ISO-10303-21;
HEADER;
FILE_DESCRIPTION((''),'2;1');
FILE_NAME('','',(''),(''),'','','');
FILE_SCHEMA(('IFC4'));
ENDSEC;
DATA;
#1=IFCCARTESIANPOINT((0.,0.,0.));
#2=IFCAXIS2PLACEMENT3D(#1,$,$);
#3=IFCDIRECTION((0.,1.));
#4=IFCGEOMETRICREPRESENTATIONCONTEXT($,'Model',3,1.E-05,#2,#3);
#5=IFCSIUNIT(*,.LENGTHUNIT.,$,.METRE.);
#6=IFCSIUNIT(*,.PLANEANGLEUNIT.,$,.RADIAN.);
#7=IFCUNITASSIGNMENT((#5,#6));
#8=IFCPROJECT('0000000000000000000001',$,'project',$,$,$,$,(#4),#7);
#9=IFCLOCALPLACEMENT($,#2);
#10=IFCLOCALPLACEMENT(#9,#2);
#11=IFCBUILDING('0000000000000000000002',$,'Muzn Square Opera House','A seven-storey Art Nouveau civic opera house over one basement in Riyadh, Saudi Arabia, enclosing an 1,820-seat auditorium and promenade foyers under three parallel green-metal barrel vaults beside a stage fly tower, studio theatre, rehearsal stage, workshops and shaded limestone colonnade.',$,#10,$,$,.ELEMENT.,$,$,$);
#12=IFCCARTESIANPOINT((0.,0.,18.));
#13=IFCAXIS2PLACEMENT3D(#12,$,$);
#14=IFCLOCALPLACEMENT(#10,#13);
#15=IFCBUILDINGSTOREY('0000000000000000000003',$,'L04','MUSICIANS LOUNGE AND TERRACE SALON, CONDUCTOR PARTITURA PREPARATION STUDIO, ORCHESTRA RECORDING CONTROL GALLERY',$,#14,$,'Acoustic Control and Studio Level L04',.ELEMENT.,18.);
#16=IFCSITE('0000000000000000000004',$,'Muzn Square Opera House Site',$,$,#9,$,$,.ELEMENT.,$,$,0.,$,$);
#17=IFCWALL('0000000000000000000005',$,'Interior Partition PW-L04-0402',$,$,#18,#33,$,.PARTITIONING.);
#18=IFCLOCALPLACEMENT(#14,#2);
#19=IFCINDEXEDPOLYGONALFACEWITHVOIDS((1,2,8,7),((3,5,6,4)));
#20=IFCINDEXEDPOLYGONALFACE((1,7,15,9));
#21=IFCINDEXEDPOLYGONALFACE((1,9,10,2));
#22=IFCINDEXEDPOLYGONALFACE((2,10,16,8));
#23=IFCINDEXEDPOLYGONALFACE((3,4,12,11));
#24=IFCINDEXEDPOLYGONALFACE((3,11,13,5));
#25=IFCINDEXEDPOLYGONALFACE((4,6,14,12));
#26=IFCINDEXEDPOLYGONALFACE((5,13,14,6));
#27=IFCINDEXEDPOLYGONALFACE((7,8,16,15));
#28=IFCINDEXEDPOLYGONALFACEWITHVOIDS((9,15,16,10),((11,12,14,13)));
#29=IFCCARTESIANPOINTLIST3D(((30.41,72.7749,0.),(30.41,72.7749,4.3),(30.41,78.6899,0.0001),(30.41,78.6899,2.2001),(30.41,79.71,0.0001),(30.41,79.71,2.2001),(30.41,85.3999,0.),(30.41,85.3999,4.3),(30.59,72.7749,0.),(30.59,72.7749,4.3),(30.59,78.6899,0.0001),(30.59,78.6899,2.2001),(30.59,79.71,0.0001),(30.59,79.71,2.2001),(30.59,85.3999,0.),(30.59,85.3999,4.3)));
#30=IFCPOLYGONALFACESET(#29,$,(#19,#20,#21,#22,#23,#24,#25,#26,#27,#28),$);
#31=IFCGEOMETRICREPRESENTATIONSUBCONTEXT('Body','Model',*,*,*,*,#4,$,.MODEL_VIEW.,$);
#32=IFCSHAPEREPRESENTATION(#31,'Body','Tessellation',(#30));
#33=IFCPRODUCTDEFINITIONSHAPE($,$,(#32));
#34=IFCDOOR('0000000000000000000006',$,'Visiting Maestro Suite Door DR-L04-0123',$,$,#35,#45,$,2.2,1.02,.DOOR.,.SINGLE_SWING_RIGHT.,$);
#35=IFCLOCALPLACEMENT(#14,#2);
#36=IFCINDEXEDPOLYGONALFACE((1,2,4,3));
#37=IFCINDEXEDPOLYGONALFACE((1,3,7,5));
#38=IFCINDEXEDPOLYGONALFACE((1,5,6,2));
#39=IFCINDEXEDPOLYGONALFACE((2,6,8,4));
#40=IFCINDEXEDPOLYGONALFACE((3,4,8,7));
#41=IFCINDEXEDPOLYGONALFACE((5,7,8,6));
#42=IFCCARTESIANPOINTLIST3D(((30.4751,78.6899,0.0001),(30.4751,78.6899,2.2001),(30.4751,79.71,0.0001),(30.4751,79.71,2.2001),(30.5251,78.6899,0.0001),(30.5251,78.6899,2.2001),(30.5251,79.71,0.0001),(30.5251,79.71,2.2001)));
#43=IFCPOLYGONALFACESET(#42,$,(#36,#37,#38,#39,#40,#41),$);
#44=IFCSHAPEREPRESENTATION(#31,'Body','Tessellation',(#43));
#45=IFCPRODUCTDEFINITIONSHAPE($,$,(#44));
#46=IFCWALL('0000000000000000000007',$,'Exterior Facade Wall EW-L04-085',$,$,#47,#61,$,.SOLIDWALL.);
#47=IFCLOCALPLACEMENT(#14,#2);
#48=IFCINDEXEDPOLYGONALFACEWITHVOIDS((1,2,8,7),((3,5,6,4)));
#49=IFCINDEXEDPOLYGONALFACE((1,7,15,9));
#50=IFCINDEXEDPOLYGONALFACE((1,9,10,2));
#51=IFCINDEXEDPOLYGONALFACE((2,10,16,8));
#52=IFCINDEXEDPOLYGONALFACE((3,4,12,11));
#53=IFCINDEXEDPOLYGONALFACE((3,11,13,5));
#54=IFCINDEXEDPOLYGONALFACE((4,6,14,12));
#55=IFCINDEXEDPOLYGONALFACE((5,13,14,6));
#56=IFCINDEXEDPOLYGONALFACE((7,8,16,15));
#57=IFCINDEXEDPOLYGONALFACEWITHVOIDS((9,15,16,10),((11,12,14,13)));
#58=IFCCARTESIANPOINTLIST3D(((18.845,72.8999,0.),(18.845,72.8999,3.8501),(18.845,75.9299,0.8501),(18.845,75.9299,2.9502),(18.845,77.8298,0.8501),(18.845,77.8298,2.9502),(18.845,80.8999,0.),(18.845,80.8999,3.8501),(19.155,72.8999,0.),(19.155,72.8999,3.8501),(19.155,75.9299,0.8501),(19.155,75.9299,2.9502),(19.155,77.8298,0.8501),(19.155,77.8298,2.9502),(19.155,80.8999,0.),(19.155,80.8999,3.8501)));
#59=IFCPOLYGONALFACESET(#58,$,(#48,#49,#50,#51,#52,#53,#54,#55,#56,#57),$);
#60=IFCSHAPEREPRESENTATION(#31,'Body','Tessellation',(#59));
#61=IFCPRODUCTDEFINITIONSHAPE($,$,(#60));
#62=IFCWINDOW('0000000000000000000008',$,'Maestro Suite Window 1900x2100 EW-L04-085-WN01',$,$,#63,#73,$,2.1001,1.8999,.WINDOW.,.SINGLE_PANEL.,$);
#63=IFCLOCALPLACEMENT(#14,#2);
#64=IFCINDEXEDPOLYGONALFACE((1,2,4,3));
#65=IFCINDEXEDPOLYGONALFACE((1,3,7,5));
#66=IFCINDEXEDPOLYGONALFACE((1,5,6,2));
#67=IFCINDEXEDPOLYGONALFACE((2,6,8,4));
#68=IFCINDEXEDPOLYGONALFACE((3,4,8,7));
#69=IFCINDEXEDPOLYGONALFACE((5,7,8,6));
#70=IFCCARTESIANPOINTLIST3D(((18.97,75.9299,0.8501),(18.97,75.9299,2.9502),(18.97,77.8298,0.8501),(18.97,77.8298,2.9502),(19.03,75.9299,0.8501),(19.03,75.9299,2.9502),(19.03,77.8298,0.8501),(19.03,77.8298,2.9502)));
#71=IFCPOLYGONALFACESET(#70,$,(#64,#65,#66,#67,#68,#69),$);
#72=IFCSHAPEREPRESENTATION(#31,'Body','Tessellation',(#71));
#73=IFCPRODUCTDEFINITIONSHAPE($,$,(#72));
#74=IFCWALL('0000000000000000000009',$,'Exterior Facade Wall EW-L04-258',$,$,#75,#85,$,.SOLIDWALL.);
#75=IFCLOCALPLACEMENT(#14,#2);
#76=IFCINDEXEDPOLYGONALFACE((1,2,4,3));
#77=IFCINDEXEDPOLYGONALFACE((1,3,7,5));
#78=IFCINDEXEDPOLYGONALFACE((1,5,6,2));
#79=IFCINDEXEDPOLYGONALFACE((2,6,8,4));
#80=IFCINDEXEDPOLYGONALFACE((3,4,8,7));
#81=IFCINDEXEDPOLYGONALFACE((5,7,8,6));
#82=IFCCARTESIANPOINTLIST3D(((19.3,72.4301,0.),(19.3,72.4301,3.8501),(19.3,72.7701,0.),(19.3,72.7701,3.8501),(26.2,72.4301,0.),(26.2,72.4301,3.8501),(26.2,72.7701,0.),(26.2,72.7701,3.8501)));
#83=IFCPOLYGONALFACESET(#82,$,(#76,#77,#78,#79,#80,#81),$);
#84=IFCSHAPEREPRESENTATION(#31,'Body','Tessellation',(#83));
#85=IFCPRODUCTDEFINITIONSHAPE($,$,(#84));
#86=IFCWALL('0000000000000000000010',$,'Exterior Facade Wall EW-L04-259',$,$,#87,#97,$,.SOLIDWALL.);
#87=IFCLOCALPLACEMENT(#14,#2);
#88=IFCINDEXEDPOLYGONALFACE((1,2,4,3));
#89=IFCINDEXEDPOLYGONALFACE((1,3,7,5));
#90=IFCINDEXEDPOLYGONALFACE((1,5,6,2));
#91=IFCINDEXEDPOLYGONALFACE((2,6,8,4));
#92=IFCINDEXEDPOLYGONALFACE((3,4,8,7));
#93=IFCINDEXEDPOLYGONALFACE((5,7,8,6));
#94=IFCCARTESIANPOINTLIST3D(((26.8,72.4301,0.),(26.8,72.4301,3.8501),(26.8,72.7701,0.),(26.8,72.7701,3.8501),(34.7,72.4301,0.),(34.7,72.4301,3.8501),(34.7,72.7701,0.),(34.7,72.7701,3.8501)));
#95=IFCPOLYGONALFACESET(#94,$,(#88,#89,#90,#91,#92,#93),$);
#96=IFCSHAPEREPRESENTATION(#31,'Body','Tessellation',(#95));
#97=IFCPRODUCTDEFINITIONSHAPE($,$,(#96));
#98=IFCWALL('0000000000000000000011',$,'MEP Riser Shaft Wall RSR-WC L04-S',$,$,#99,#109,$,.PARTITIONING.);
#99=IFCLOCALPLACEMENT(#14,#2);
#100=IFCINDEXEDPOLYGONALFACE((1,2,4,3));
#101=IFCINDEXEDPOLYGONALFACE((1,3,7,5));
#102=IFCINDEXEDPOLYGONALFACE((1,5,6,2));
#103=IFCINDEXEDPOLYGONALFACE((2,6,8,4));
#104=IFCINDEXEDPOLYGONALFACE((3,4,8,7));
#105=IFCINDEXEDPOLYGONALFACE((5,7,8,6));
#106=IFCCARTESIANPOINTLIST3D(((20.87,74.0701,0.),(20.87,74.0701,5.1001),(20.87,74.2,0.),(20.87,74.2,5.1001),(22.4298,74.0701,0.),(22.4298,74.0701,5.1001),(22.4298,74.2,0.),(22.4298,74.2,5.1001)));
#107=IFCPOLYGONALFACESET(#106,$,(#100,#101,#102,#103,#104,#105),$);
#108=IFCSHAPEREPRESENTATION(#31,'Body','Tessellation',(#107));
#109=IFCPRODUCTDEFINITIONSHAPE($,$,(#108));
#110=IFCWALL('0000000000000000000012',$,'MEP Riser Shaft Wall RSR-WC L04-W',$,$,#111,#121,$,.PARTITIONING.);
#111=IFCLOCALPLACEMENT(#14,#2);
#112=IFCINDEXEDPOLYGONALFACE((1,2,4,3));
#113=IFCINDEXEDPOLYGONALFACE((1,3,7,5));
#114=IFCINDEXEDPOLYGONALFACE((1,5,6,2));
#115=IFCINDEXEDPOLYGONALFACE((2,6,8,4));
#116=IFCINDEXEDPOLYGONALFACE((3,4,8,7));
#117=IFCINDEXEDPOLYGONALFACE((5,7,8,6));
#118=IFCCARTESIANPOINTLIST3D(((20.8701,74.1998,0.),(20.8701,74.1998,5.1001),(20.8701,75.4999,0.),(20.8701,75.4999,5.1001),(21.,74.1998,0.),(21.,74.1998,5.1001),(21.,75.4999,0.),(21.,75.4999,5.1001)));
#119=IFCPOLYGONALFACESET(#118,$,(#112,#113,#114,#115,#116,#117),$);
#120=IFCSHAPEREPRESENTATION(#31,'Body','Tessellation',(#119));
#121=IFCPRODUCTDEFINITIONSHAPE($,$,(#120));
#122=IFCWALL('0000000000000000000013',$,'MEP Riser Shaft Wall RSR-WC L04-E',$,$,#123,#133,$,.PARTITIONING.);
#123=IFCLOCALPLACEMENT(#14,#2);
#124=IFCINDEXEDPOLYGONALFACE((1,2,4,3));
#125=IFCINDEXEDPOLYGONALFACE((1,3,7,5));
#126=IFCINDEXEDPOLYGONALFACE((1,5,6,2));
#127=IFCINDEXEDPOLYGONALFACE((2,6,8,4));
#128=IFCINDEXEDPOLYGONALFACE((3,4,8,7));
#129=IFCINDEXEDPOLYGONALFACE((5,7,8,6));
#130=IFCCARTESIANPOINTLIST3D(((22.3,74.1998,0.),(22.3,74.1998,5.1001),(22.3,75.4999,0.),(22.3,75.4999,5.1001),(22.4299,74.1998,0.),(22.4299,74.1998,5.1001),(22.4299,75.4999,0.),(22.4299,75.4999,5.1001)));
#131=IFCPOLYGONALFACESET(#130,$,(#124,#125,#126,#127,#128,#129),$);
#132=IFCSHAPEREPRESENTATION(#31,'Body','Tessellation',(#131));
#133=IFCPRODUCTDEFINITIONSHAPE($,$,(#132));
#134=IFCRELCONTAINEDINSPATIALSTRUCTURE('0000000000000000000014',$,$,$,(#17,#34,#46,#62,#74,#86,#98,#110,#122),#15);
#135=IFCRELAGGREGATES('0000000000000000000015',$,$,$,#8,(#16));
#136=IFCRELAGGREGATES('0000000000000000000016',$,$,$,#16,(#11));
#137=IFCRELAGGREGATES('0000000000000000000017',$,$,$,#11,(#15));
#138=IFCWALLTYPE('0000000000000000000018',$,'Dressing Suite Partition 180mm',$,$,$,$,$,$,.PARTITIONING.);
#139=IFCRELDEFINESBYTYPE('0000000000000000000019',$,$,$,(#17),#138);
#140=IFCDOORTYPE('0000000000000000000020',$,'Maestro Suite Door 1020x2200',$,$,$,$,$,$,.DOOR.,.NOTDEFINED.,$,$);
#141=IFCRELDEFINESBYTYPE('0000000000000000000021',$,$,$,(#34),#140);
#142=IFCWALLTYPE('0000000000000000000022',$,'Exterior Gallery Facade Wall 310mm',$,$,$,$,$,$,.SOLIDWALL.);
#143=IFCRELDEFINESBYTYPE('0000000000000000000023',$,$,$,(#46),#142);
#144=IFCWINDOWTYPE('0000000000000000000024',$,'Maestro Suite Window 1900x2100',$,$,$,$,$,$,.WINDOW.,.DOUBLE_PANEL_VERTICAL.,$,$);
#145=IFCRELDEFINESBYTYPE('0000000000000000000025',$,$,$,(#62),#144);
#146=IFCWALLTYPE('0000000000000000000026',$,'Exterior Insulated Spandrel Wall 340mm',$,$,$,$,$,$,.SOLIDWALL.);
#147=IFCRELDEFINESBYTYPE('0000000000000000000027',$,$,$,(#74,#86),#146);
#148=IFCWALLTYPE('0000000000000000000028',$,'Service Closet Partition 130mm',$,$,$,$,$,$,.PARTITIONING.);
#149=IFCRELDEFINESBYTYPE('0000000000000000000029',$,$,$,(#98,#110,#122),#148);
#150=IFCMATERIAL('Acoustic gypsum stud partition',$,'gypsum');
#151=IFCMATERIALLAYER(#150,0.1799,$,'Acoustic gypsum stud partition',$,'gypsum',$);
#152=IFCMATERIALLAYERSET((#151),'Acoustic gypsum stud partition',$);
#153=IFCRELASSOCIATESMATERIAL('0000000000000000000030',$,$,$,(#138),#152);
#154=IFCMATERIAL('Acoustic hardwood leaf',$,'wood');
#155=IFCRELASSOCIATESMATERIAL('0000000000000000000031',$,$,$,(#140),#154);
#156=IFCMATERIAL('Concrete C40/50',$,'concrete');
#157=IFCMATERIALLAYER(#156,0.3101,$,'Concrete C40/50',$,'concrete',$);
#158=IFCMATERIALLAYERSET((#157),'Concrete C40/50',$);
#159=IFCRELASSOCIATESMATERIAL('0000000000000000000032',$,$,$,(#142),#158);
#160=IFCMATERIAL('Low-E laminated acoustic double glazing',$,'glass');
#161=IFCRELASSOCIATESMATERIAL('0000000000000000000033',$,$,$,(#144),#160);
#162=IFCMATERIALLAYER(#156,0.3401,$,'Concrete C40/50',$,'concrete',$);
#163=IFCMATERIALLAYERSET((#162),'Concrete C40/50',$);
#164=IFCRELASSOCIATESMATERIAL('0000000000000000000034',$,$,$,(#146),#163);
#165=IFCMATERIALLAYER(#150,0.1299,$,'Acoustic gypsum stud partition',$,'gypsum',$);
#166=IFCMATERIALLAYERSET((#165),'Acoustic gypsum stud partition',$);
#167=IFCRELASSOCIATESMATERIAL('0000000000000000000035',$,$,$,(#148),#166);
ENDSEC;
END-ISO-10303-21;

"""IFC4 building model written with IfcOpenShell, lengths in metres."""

from ifc_helpers import new_model, si_unit, direction, frame, frame_2d, origin, place, context, subcontext, project, spatial, rectangle, extrude, material, layer, layer_set, type_object, element, fill, save


model = new_model("IFC4")

# Units and contexts
model_context = context("Model", 3, precision=1e-05, world=origin(), true_north=direction((0.0, 1.0)))
body_context = subcontext(model_context, "Body", "Model", "MODEL_VIEW")
ifc_project = project(units=[si_unit("LENGTHUNIT", "METRE"), si_unit("PLANEANGLEUNIT", "RADIAN")], contexts=[model_context])

# Site, building, storey
site_placement = place(None, origin())
site = spatial("IfcSite", under=ifc_project, at=site_placement, Name="Muzn Square Opera House Site", CompositionType="ELEMENT", RefElevation=0.0)
building_placement = place(site_placement, origin())
building = spatial("IfcBuilding", under=site, at=building_placement, Name="Muzn Square Opera House", Description="A seven-storey Art Nouveau civic opera house over one basement in Riyadh, Saudi Arabia, enclosing an 1,820-seat auditorium and promenade foyers under three parallel green-metal barrel vaults beside a stage fly tower, studio theatre, rehearsal stage, workshops and shaded limestone colonnade.", CompositionType="ELEMENT")
storey_placement = place(building_placement, frame((0.0, 0.0, 18.0)))
storey = spatial("IfcBuildingStorey", under=building, at=storey_placement, Name="L04", Description="MUSICIANS LOUNGE AND TERRACE SALON, CONDUCTOR PARTITURA PREPARATION STUDIO, ORCHESTRA RECORDING CONTROL GALLERY", LongName="Acoustic Control and Studio Level L04", CompositionType="ELEMENT", Elevation=18.0)

# Shared definitions
ifc_material_1 = material(Name="Concrete C40/50", Category="concrete")

# Wall, opening, door
ifc_material_2 = material(Name="Acoustic gypsum stud partition", Category="gypsum")
ifc_material_3 = material(Name="Acoustic hardwood leaf", Category="wood")
ifc_layer_1 = layer(ifc_material_2, 0.1799, Name="Acoustic gypsum stud partition", Category="gypsum")
ifc_layer_set_1 = layer_set([ifc_layer_1], Name="Acoustic gypsum stud partition")
wall_type_1 = type_object("IfcWallType", Name="Dressing Suite Partition 180mm", PredefinedType="PARTITIONING", material=ifc_layer_set_1)
wall_1_placement = place(storey_placement, frame((30.5, 72.7749, 0.0), z_axis=(0.0, 0.0, 1.0), x_axis=(0.0, 1.0, 0.0)))
wall_1 = element("IfcWall", 1, at=wall_1_placement, inside=storey, type_object=wall_type_1, Name="Interior Partition PW-L04-0402", PredefinedType="PARTITIONING", context=body_context, shape_type="SweptSolid", body=[
    extrude(rectangle(XDim=12.625, YDim=0.1799, at=frame_2d((6.3125, 0.0))), origin(), (0.0, 0.0, 1.0), 4.3),
])
opening_1_placement = place(wall_1_placement, frame((5.915, 0.0, 0.0)))
opening_1 = element("IfcOpeningElement", 2, at=opening_1_placement, cuts=wall_1, PredefinedType="OPENING", context=body_context, shape_type="SweptSolid", body=[
    extrude(rectangle(XDim=1.02, YDim=2.2, at=frame_2d((0.51, 1.1001))), frame((0.0, 0.0999, 0.0), z_axis=(0.0, -1.0, 0.0), x_axis=(1.0, 0.0, 0.0)), (0.0, 0.0, 1.0), 0.2),
])
door_type_1 = type_object("IfcDoorType", Name="Maestro Suite Door 1020x2200", OperationType="NOTDEFINED", PredefinedType="DOOR", material=ifc_material_3)
door_1_placement = place(opening_1_placement, origin())
door_1 = element("IfcDoor", 3, at=door_1_placement, inside=storey, type_object=door_type_1, Name="Visiting Maestro Suite Door DR-L04-0123", OperationType="SINGLE_SWING_RIGHT", OverallHeight=2.2, OverallWidth=1.02, PredefinedType="DOOR", context=body_context, shape_type="SweptSolid", body=[
    extrude(rectangle(XDim=1.02, YDim=2.2, at=frame_2d((0.51, 1.1001))), frame((0.0, 0.0249, 0.0), z_axis=(0.0, -1.0, 0.0), x_axis=(1.0, 0.0, 0.0)), (0.0, 0.0, 1.0), 0.05),
])
fill(opening_1, door_1)

# Wall, opening, window
ifc_layer_2 = layer(ifc_material_1, 0.3101, Name="Concrete C40/50", Category="concrete")
ifc_layer_set_2 = layer_set([ifc_layer_2], Name="Concrete C40/50")
wall_type_2 = type_object("IfcWallType", Name="Exterior Gallery Facade Wall 310mm", PredefinedType="SOLIDWALL", material=ifc_layer_set_2)
wall_2_placement = place(storey_placement, frame((19.0, 72.8999, 0.0), z_axis=(0.0, 0.0, 1.0), x_axis=(0.0, 1.0, 0.0)))
wall_2 = element("IfcWall", 4, at=wall_2_placement, inside=storey, type_object=wall_type_2, Name="Exterior Facade Wall EW-L04-085", PredefinedType="SOLIDWALL", context=body_context, shape_type="SweptSolid", body=[
    extrude(rectangle(XDim=8.0, YDim=0.3101, at=frame_2d((4.0, 0.0))), origin(), (0.0, 0.0, 1.0), 3.8501),
])
opening_2_placement = place(wall_2_placement, frame((3.03, 0.0, 0.8501)))
opening_2 = element("IfcOpeningElement", 5, at=opening_2_placement, cuts=wall_2, PredefinedType="OPENING", context=body_context, shape_type="SweptSolid", body=[
    extrude(rectangle(XDim=1.8999, YDim=2.1001, at=frame_2d((0.95, 1.05))), frame((0.0, 0.165, 0.0), z_axis=(0.0, -1.0, 0.0), x_axis=(1.0, 0.0, 0.0)), (0.0, 0.0, 1.0), 0.3301),
])
ifc_material_4 = material(Name="Low-E laminated acoustic double glazing", Category="glass")
window_type = type_object("IfcWindowType", Name="Maestro Suite Window 1900x2100", PartitioningType="DOUBLE_PANEL_VERTICAL", PredefinedType="WINDOW", material=ifc_material_4)
window_placement = place(opening_2_placement, origin())
window = element("IfcWindow", 6, at=window_placement, inside=storey, type_object=window_type, Name="Maestro Suite Window 1900x2100 EW-L04-085-WN01", OverallHeight=2.1001, OverallWidth=1.8999, PartitioningType="SINGLE_PANEL", PredefinedType="WINDOW", context=body_context, shape_type="SweptSolid", body=[
    extrude(rectangle(XDim=1.8999, YDim=2.1001, at=frame_2d((0.95, 1.05))), frame((0.0, 0.03, 0.0), z_axis=(0.0, -1.0, 0.0), x_axis=(1.0, 0.0, 0.0)), (0.0, 0.0, 1.0), 0.0601),
])
fill(opening_2, window)

# Walls
ifc_layer_3 = layer(ifc_material_1, 0.3401, Name="Concrete C40/50", Category="concrete")
ifc_layer_set_3 = layer_set([ifc_layer_3], Name="Concrete C40/50")
wall_type_3 = type_object("IfcWallType", Name="Exterior Insulated Spandrel Wall 340mm", PredefinedType="SOLIDWALL", material=ifc_layer_set_3)
wall_3_placement = place(storey_placement, frame((19.3, 72.6001, 0.0), z_axis=(0.0, 0.0, 1.0), x_axis=(1.0, 0.0, 0.0)))
element("IfcWall", 7, at=wall_3_placement, inside=storey, type_object=wall_type_3, Name="Exterior Facade Wall EW-L04-258", PredefinedType="SOLIDWALL", context=body_context, shape_type="SweptSolid", body=[
    extrude(rectangle(XDim=6.8999, YDim=0.3401, at=frame_2d((3.45, 0.0))), origin(), (0.0, 0.0, 1.0), 3.8501),
])
wall_4_placement = place(storey_placement, frame((26.8, 72.6001, 0.0), z_axis=(0.0, 0.0, 1.0), x_axis=(1.0, 0.0, 0.0)))
element("IfcWall", 8, at=wall_4_placement, inside=storey, type_object=wall_type_3, Name="Exterior Facade Wall EW-L04-259", PredefinedType="SOLIDWALL", context=body_context, shape_type="SweptSolid", body=[
    extrude(rectangle(XDim=7.8999, YDim=0.3401, at=frame_2d((3.95, 0.0))), origin(), (0.0, 0.0, 1.0), 3.8501),
])
ifc_layer_4 = layer(ifc_material_2, 0.1299, Name="Acoustic gypsum stud partition", Category="gypsum")
ifc_layer_set_4 = layer_set([ifc_layer_4], Name="Acoustic gypsum stud partition")
wall_type_4 = type_object("IfcWallType", Name="Service Closet Partition 130mm", PredefinedType="PARTITIONING", material=ifc_layer_set_4)
wall_5_placement = place(storey_placement, frame((20.8701, 74.135, 0.0), z_axis=(0.0, 0.0, 1.0), x_axis=(1.0, 0.0, 0.0)))
element("IfcWall", 9, at=wall_5_placement, inside=storey, type_object=wall_type_4, Name="MEP Riser Shaft Wall RSR-WC L04-S", PredefinedType="PARTITIONING", context=body_context, shape_type="SweptSolid", body=[
    extrude(rectangle(XDim=1.5598, YDim=0.1299, at=frame_2d((0.7798, 0.0))), origin(), (0.0, 0.0, 1.0), 5.1001),
])
for number, where, z_axis, x_axis, name in (
    (10, (20.9351, 74.2, 0.0), (0.0, 0.0, 1.0), (0.0, 1.0, 0.0), "MEP Riser Shaft Wall RSR-WC L04-W"),
    (11, (22.365, 74.2, 0.0), (0.0, 0.0, 1.0), (0.0, 1.0, 0.0), "MEP Riser Shaft Wall RSR-WC L04-E"),
):
    element("IfcWall", number, at=place(storey_placement, frame(where, z_axis=z_axis, x_axis=x_axis)), inside=storey, type_object=wall_type_4, Name=name, PredefinedType="PARTITIONING", context=body_context, shape_type="SweptSolid", body=[
        extrude(rectangle(XDim=1.3, YDim=0.1299, at=frame_2d((0.6499, 0.0))), origin(), (0.0, 0.0, 1.0), 5.1001),
    ])

save(model, "model.ifc")
